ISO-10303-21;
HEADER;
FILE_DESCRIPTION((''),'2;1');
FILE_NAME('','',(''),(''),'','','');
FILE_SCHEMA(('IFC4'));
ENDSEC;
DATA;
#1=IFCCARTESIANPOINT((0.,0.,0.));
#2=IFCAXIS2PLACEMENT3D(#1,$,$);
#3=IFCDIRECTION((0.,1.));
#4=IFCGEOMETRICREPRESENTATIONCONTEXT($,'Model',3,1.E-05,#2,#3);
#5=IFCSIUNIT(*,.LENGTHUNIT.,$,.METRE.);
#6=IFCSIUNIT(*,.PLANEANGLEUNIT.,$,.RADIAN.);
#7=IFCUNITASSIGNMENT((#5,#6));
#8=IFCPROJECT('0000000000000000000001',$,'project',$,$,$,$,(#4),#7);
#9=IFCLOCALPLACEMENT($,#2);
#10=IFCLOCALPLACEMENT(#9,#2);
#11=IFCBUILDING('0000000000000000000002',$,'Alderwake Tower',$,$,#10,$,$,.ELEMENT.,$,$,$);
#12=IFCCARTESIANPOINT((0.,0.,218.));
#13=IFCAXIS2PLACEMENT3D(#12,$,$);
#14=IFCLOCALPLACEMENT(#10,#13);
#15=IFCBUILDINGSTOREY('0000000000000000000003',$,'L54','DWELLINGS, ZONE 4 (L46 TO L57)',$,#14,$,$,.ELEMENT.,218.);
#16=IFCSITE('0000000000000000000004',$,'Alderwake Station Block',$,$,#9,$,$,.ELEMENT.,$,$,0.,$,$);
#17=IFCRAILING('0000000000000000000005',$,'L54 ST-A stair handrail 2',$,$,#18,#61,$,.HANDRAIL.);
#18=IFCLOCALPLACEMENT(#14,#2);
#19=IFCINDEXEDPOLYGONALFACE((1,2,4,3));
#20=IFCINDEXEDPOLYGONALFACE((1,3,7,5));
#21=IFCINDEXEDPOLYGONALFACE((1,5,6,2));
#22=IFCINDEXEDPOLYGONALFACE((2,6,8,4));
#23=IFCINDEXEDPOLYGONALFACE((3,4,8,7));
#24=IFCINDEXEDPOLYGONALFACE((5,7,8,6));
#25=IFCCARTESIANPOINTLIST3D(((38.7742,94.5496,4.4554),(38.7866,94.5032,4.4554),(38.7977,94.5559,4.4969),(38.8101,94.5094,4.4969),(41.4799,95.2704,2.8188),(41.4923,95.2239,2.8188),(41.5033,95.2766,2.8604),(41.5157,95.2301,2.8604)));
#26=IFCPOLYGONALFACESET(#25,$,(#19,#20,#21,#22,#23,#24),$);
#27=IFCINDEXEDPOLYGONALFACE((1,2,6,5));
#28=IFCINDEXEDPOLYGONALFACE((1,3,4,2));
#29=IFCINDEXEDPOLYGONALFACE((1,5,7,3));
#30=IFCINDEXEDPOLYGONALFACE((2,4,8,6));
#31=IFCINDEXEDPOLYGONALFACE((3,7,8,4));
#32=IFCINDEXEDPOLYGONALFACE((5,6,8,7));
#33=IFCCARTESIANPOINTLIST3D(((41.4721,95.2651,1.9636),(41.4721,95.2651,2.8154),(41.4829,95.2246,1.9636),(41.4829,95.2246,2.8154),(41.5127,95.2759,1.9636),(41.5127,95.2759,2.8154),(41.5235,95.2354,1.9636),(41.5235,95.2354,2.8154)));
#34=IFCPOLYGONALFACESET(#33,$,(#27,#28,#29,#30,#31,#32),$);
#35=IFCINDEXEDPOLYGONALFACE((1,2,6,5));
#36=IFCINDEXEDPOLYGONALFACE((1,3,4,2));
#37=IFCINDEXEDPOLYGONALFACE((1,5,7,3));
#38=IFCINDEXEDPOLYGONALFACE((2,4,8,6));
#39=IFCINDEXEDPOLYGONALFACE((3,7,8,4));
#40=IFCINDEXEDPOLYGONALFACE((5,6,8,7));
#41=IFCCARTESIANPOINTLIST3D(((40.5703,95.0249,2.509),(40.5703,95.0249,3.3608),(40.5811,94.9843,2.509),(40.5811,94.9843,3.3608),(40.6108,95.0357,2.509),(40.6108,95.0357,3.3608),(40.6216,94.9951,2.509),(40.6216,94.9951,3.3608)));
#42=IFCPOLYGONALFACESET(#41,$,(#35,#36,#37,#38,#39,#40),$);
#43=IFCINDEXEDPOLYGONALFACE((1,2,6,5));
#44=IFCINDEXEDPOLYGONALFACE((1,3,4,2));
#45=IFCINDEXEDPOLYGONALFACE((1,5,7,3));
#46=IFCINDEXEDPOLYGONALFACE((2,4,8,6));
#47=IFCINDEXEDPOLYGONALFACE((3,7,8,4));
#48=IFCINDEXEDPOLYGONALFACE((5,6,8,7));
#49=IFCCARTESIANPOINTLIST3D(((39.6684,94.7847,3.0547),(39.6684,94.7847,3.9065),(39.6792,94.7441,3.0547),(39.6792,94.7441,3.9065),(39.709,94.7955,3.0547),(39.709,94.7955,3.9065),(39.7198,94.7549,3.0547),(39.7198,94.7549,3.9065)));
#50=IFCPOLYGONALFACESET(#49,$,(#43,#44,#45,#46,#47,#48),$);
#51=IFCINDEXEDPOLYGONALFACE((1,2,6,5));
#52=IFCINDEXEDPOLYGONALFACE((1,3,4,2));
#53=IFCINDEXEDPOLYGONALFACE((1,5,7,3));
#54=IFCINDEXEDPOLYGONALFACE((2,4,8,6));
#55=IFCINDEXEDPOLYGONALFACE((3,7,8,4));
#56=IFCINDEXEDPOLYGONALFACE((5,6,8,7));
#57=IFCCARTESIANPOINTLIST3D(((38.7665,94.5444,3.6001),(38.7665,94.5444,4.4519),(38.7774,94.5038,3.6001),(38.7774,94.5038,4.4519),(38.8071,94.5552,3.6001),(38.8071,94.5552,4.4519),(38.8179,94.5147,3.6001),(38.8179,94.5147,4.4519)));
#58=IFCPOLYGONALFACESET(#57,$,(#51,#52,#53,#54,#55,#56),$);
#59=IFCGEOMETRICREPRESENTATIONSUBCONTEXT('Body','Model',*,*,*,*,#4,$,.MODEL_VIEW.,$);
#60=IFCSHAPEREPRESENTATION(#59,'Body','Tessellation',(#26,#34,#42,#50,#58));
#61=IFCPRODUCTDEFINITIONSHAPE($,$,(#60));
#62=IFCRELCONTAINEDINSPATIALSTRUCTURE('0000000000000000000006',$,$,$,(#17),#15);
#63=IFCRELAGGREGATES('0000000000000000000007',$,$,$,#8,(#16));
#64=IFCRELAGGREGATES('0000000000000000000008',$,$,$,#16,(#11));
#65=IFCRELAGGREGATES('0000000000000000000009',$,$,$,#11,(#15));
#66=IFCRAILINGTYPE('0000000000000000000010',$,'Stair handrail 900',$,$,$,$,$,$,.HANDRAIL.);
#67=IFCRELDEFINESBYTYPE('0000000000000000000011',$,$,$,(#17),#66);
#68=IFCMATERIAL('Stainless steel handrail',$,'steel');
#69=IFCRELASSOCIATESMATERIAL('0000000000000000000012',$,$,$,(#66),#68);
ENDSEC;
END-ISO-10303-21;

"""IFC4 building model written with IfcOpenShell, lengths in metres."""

from ifc_helpers import new_model, si_unit, direction, frame, origin, origin_2d, place, context, subcontext, project, spatial, rectangle, extrude, material, type_object, element, save


model = new_model("IFC4")

# Units and contexts
model_context = context("Model", 3, precision=1e-05, world=origin(), true_north=direction((0.0, 1.0)))
body_context = subcontext(model_context, "Body", "Model", "MODEL_VIEW")
ifc_project = project(units=[si_unit("LENGTHUNIT", "METRE"), si_unit("PLANEANGLEUNIT", "RADIAN")], contexts=[model_context])

# Site, building, storey
site_placement = place(None, origin())
site = spatial("IfcSite", under=ifc_project, at=site_placement, Name="Alderwake Station Block", CompositionType="ELEMENT", RefElevation=0.0)
building_placement = place(site_placement, origin())
building = spatial("IfcBuilding", under=site, at=building_placement, Name="Alderwake Tower", CompositionType="ELEMENT")
storey_placement = place(building_placement, frame((0.0, 0.0, 218.0)))
storey = spatial("IfcBuildingStorey", under=building, at=storey_placement, Name="L54", Description="DWELLINGS, ZONE 4 (L46 TO L57)", CompositionType="ELEMENT", Elevation=218.0)

# Railing
ifc_material_1 = material(Name="Stainless steel handrail", Category="steel")
railing_type_1 = type_object("IfcRailingType", Name="Stair handrail 900", PredefinedType="HANDRAIL", material=ifc_material_1)
railing_1_placement = place(storey_placement, frame((41.4978, 95.2502, 1.9636)))
element("IfcRailing", 1, at=railing_1_placement, inside=storey, type_object=railing_type_1, Name="L54 ST-A stair handrail 2", PredefinedType="HANDRAIL", context=body_context, shape_type="SweptSolid", body=[
    extrude(rectangle(XDim=0.0481, YDim=0.0481, at=origin_2d()), frame((0.0, 0.0, 0.876), z_axis=(-0.834259, -0.222228, 0.504605), x_axis=(0.257402, -0.966304, 0.0)), (0.0, 0.0, 1.0), 3.2432),
    extrude(rectangle(XDim=0.042, YDim=0.042, at=origin_2d()), frame((0.0, 0.0, 0.0), z_axis=(0.0, 0.0, 1.0), x_axis=(-0.966304, -0.257402, 0.0)), (0.0, 0.0, 1.0), 0.8518),
    extrude(rectangle(XDim=0.042, YDim=0.042, at=origin_2d()), frame((-0.9019, -0.2402, 0.5454), z_axis=(0.0, 0.0, 1.0), x_axis=(-0.966304, -0.257402, 0.0)), (0.0, 0.0, 1.0), 0.8518),
    extrude(rectangle(XDim=0.042, YDim=0.042, at=origin_2d()), frame((-1.8037, -0.4805, 1.0911), z_axis=(0.0, 0.0, 1.0), x_axis=(-0.966304, -0.257402, 0.0)), (0.0, 0.0, 1.0), 0.8518),
    extrude(rectangle(XDim=0.042, YDim=0.042, at=origin_2d()), frame((-2.7056, -0.7207, 1.6365), z_axis=(0.0, 0.0, 1.0), x_axis=(-0.966304, -0.257402, 0.0)), (0.0, 0.0, 1.0), 0.8518),
])

save(model, "model.ifc")
